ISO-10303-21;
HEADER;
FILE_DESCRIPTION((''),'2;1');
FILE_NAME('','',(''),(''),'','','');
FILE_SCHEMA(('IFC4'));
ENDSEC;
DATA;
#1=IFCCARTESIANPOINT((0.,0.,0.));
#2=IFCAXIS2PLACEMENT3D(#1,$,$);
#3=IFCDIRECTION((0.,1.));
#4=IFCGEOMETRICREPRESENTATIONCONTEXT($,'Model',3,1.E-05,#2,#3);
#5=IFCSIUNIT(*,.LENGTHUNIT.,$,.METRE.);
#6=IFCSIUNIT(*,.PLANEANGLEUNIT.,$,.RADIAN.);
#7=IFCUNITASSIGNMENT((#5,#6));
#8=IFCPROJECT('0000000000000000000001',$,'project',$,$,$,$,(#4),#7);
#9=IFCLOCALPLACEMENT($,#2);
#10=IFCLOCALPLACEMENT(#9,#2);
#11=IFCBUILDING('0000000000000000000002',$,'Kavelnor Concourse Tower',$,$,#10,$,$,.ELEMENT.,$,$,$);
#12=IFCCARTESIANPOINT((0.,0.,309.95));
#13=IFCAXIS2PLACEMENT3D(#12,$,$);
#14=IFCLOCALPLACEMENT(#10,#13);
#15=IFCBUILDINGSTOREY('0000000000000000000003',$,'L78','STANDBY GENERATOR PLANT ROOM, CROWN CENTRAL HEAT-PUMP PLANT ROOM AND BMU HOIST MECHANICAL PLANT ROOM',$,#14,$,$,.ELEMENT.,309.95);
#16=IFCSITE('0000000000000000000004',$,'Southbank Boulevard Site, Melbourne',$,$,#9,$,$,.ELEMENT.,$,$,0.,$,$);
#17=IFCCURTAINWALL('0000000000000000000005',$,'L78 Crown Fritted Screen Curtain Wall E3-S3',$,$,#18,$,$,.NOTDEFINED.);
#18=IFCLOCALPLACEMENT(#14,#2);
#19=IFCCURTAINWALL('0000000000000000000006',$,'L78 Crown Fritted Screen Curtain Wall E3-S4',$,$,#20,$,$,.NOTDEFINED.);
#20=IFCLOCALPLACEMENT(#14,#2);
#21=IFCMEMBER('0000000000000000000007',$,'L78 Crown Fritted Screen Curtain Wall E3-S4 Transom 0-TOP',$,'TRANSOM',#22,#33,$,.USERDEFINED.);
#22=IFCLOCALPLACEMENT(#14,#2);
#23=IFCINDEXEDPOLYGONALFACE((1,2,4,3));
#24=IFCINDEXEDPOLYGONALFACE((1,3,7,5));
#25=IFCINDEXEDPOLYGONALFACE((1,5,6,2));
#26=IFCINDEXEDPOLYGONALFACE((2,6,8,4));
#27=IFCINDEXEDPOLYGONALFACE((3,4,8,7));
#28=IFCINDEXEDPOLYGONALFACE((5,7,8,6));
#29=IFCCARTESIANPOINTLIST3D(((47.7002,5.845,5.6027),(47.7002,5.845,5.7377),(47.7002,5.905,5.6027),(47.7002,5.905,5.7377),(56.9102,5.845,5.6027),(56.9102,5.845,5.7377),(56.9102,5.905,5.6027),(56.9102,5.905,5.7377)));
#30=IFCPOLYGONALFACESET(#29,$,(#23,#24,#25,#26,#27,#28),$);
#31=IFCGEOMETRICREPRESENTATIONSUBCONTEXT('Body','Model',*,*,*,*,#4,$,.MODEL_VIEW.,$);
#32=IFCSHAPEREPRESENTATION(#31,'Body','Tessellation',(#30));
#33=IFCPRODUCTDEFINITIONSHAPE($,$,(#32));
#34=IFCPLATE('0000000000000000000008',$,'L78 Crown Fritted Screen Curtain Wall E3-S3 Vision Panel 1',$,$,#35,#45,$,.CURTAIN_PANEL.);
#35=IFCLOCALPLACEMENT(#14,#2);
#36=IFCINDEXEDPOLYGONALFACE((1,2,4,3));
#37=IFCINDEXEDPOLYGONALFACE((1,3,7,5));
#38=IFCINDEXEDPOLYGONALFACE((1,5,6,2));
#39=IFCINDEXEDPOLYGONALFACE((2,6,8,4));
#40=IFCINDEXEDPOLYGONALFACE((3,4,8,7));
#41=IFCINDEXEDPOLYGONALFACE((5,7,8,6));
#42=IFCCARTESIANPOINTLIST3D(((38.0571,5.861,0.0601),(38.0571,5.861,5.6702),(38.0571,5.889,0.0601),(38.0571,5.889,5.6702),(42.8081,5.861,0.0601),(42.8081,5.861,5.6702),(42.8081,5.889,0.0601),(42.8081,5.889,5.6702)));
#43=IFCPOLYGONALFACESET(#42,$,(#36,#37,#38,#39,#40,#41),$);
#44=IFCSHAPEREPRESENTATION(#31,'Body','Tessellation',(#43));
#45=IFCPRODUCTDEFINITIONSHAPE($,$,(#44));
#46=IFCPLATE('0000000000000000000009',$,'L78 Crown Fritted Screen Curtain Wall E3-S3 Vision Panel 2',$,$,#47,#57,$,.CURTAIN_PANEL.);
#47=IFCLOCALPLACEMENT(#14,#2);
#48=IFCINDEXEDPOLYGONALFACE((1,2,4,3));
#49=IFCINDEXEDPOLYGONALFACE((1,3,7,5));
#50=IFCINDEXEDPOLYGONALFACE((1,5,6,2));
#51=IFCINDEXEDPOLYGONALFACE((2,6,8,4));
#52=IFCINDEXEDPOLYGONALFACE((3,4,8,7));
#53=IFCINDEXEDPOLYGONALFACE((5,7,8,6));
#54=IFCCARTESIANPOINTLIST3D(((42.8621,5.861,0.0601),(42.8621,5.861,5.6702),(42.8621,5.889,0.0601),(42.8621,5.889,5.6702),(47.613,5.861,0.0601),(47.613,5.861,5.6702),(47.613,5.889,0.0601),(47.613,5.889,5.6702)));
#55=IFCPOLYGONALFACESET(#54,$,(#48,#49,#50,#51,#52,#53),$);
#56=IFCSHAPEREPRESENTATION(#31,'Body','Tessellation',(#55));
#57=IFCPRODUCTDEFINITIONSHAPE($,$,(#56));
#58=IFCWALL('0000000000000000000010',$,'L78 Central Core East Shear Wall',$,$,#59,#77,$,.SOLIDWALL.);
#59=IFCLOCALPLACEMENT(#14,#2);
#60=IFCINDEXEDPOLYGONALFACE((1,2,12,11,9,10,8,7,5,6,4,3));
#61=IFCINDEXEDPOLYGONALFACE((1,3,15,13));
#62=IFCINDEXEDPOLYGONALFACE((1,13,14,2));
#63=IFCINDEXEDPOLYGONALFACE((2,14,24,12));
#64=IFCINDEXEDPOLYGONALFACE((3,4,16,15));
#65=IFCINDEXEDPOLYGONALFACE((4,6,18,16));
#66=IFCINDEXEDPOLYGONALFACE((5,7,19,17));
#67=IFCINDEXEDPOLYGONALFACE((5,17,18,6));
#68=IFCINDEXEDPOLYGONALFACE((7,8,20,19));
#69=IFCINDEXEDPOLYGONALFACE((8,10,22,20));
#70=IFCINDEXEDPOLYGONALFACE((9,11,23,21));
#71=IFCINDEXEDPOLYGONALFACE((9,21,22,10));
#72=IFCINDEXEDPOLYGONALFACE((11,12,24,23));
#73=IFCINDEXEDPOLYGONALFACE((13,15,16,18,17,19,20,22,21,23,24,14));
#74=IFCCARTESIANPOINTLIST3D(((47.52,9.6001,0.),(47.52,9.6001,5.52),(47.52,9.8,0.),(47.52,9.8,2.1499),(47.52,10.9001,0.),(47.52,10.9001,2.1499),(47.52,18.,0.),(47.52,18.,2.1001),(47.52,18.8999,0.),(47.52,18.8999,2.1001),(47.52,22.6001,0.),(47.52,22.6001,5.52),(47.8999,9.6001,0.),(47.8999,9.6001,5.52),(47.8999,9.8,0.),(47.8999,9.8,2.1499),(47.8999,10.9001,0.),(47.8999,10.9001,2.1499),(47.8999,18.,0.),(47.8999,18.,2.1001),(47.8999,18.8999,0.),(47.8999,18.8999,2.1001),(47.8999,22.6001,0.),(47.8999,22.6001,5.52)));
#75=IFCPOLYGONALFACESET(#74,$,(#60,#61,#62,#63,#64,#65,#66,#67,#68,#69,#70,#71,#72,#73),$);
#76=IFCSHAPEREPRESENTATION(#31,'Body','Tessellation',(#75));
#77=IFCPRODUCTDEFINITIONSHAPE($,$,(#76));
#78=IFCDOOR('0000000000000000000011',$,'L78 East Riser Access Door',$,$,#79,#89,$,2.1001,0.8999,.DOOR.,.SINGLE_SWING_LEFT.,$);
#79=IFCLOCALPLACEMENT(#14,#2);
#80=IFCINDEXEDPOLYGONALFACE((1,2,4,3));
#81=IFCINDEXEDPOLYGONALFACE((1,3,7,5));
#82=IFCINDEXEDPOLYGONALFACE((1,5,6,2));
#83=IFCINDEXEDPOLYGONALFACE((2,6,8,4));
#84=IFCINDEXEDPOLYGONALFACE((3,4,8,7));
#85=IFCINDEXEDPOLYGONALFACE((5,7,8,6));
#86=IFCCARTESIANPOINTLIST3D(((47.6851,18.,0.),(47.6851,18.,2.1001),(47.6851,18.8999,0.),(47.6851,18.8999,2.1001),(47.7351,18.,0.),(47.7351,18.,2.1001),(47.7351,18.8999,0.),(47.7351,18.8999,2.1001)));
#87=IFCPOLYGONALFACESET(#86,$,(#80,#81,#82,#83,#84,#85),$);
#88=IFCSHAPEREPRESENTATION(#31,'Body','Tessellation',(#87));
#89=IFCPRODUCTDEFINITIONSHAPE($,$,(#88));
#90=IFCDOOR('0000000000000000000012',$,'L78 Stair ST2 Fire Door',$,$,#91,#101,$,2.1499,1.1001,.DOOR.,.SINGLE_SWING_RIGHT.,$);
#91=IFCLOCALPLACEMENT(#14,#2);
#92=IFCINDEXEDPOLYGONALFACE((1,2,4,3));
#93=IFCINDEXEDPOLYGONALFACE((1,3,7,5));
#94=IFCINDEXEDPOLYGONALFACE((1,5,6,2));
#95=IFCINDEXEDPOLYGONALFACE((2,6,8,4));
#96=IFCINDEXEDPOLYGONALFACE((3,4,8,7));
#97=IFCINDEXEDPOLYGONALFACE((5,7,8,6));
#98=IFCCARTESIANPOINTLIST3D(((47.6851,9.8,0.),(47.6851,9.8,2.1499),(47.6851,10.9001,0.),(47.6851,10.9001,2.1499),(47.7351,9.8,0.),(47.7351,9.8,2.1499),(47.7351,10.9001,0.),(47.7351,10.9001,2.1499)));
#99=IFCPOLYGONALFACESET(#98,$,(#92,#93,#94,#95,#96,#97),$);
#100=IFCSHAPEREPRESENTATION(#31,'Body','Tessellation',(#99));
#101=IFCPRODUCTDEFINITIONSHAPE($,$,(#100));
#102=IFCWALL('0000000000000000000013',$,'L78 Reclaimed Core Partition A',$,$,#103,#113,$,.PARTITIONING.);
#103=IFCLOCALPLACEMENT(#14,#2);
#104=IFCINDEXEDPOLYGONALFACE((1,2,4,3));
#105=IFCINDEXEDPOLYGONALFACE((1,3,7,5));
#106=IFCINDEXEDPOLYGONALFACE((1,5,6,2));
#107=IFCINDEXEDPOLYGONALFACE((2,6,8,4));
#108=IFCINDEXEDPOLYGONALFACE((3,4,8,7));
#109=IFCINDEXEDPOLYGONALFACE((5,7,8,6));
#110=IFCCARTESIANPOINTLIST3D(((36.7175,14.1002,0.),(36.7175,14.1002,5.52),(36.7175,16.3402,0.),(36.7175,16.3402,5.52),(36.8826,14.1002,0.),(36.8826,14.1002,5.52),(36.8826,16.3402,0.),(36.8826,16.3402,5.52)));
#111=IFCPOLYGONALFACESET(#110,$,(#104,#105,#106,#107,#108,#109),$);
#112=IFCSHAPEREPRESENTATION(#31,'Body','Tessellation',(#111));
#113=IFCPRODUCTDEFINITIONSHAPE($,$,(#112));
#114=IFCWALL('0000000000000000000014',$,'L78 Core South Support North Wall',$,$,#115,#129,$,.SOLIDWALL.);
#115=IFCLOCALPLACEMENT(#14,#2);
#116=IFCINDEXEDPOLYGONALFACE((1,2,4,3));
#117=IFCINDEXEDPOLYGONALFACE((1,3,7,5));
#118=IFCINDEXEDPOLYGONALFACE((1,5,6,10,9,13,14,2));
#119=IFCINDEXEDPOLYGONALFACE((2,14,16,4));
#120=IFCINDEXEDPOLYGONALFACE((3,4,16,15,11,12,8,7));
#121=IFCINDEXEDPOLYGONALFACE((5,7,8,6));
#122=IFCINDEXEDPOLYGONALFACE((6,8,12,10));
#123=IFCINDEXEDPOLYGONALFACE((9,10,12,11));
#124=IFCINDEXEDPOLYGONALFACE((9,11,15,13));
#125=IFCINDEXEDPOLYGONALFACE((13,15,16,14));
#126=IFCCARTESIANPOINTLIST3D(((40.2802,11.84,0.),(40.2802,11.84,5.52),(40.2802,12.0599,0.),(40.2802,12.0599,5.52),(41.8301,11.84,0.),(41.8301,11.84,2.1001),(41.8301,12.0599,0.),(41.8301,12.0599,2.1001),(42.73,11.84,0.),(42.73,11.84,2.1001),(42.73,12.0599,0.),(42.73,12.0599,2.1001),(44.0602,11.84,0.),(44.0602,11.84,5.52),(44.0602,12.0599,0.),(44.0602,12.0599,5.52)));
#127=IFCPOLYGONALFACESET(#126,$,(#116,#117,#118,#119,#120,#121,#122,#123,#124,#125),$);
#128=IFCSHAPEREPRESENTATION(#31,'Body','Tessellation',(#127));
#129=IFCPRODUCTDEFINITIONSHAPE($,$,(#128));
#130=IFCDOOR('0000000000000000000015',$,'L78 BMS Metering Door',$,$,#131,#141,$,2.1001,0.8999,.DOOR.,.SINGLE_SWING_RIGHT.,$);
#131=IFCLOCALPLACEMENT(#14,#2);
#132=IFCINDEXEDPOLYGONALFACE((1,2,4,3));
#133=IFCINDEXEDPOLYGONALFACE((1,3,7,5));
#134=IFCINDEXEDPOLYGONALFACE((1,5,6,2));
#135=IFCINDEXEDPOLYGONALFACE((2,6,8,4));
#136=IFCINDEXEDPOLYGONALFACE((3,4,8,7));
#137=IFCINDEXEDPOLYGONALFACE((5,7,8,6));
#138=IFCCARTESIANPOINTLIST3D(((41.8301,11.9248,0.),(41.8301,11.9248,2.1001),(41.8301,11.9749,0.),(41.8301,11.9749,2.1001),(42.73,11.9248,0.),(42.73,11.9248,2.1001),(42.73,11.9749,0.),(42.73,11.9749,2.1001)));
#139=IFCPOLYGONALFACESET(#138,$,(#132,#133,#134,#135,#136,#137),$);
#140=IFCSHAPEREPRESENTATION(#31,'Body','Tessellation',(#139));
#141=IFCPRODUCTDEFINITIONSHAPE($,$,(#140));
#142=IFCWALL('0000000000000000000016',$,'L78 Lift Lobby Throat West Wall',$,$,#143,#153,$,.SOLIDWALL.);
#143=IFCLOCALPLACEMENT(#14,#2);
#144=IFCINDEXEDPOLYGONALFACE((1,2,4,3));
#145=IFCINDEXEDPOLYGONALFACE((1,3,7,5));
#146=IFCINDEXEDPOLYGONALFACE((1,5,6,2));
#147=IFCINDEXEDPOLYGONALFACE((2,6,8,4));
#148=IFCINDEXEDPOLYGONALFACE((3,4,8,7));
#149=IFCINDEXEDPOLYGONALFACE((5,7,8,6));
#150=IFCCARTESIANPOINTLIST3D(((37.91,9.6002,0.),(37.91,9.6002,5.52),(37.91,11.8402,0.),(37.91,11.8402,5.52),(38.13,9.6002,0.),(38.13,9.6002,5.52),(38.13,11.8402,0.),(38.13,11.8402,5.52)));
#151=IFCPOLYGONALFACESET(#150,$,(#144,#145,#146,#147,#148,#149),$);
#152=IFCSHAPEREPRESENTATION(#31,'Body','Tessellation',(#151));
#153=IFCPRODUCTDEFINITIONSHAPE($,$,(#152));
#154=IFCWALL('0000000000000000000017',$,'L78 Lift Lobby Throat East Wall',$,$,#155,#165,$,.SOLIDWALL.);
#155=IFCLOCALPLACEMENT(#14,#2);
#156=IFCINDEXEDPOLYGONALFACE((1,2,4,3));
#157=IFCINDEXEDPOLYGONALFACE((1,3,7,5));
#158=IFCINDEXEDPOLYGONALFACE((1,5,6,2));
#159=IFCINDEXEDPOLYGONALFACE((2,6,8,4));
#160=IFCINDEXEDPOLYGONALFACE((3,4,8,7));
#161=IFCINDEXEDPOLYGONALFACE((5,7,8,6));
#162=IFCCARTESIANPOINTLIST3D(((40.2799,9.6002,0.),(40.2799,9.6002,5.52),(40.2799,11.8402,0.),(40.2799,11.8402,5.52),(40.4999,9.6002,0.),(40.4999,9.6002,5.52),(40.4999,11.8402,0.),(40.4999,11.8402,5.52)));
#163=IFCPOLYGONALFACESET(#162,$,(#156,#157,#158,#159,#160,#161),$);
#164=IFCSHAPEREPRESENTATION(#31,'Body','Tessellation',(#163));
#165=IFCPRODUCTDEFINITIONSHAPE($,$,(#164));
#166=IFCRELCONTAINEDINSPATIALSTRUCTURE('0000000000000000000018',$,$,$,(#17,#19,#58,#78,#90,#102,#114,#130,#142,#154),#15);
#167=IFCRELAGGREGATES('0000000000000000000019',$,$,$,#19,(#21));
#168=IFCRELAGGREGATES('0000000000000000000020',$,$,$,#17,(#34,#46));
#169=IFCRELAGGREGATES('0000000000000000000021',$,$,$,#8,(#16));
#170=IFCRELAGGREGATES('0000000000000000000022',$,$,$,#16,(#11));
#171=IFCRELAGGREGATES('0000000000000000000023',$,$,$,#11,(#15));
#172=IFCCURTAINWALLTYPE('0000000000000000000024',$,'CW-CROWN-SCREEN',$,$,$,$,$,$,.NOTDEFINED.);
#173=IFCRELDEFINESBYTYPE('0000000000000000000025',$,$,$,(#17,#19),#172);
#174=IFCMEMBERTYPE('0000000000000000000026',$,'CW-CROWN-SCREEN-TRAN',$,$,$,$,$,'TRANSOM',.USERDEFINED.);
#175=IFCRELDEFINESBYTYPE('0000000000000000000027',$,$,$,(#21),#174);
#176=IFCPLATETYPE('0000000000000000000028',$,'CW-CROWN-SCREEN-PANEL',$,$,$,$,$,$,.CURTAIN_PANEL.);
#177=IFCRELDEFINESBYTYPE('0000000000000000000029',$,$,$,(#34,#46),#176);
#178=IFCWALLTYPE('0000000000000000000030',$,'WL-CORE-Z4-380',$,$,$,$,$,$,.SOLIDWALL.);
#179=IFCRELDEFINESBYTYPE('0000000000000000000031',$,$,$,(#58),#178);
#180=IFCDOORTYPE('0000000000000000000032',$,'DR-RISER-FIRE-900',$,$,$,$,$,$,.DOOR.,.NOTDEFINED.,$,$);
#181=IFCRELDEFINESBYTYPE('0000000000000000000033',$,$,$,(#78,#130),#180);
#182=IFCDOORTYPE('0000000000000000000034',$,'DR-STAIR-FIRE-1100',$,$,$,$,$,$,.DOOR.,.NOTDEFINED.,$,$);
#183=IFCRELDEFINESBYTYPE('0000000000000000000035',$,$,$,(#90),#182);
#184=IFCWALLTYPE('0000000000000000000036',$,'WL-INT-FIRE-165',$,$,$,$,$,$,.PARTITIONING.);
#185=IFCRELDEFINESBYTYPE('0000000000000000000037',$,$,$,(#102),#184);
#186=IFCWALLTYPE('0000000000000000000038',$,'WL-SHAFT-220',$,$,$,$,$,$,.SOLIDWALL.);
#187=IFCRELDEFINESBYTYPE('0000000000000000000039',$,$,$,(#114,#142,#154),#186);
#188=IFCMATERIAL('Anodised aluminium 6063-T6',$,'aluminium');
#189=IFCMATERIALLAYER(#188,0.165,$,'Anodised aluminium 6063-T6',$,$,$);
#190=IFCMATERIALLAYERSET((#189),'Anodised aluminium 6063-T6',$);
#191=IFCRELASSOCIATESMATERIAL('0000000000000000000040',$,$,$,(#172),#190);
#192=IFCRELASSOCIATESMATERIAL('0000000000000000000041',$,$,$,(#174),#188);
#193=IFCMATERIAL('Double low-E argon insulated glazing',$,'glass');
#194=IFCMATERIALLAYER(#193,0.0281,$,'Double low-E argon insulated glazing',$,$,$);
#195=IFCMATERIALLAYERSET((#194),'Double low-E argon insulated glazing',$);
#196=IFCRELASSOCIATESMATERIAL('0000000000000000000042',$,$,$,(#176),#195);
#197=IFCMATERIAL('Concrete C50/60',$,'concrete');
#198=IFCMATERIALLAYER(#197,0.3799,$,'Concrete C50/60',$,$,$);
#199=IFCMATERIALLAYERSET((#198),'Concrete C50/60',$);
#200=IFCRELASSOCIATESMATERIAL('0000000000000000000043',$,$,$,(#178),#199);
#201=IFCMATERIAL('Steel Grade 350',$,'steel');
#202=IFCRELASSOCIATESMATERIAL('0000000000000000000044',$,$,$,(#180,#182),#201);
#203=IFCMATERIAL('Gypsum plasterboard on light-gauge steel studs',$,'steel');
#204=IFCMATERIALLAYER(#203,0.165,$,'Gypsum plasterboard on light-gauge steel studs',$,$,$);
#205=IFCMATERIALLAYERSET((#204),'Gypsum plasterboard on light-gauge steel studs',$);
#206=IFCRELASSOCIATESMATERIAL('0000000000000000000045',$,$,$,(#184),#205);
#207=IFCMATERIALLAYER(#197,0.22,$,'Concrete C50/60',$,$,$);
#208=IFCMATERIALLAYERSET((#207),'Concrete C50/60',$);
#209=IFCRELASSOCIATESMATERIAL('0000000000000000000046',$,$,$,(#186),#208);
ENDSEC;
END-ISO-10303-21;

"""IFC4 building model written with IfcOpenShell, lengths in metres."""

from ifc_helpers import new_model, si_unit, direction, frame, frame_2d, origin, origin_2d, place, context, subcontext, project, spatial, rectangle, extrude, material, layer, layer_set, material_profile, profile_set, type_object, element, fill, aggregate, save


model = new_model("IFC4")

# Units and contexts
model_context = context("Model", 3, precision=1e-05, world=origin(), true_north=direction((0.0, 1.0)))
body_context = subcontext(model_context, "Body", "Model", "MODEL_VIEW")
ifc_project = project(units=[si_unit("LENGTHUNIT", "METRE"), si_unit("PLANEANGLEUNIT", "RADIAN")], contexts=[model_context])

# Site, building, storey
site_placement = place(None, origin())
site = spatial("IfcSite", under=ifc_project, at=site_placement, Name="Southbank Boulevard Site, Melbourne", CompositionType="ELEMENT", RefElevation=0.0)
building_placement = place(site_placement, origin())
building = spatial("IfcBuilding", under=site, at=building_placement, Name="Kavelnor Concourse Tower", CompositionType="ELEMENT")
storey_placement = place(building_placement, frame((0.0, 0.0, 309.95)))
storey = spatial("IfcBuildingStorey", under=building, at=storey_placement, Name="L78", Description="STANDBY GENERATOR PLANT ROOM, CROWN CENTRAL HEAT-PUMP PLANT ROOM AND BMU HOIST MECHANICAL PLANT ROOM", CompositionType="ELEMENT", Elevation=309.95)

# Shared definitions
ifc_material_1 = material(Name="Steel Grade 350", Category="steel")

# Shared definitions
ifc_material_2 = material(Name="Anodised aluminium 6063-T6", Category="aluminium")
ifc_layer_1 = layer(ifc_material_2, 0.165, Name="Anodised aluminium 6063-T6")
ifc_layer_set_1 = layer_set([ifc_layer_1], Name="Anodised aluminium 6063-T6")
curtain_wall_type = type_object("IfcCurtainWallType", Name="CW-CROWN-SCREEN", PredefinedType="NOTDEFINED", material=ifc_layer_set_1)

# Curtain wall
curtain_wall_1_placement = place(storey_placement, origin())
curtain_wall_1 = element("IfcCurtainWall", 1, at=curtain_wall_1_placement, inside=storey, type_object=curtain_wall_type, Name="L78 Crown Fritted Screen Curtain Wall E3-S3", PredefinedType="NOTDEFINED")

# Curtain wall
curtain_wall_2_placement = place(storey_placement, origin())
curtain_wall_2 = element("IfcCurtainWall", 2, at=curtain_wall_2_placement, inside=storey, type_object=curtain_wall_type, Name="L78 Crown Fritted Screen Curtain Wall E3-S4", PredefinedType="NOTDEFINED")

# Member
ifc_material_profile_1 = material_profile(ifc_material_2, rectangle(XDim=0.0601, YDim=0.135, at=origin_2d()), Name="AL-TRAN 60x135")
ifc_profile_set_1 = profile_set([ifc_material_profile_1], Name="Anodised aluminium 6063-T6")
member_type_1 = type_object("IfcMemberType", Name="CW-CROWN-SCREEN-TRAN", ElementType="TRANSOM", PredefinedType="USERDEFINED", material=ifc_profile_set_1)
member_1_placement = place(storey_placement, frame((47.7002, 5.875, 5.6702), z_axis=(1.0, 0.0, 0.0), x_axis=(0.0, 1.0, 0.0)))
member_1 = element("IfcMember", 3, at=member_1_placement, type_object=member_type_1, Name="L78 Crown Fritted Screen Curtain Wall E3-S4 Transom 0-TOP", ObjectType="TRANSOM", PredefinedType="USERDEFINED", context=body_context, shape_type="SweptSolid", body=[
    extrude(rectangle(XDim=0.0601, YDim=0.135, at=origin_2d()), origin(), (0.0, 0.0, 1.0), 9.21),
])
aggregate(curtain_wall_2, [member_1])

# Plates
ifc_material_3 = material(Name="Double low-E argon insulated glazing", Category="glass")
ifc_layer_2 = layer(ifc_material_3, 0.0281, Name="Double low-E argon insulated glazing")
ifc_layer_set_2 = layer_set([ifc_layer_2], Name="Double low-E argon insulated glazing")
plate_type = type_object("IfcPlateType", Name="CW-CROWN-SCREEN-PANEL", PredefinedType="CURTAIN_PANEL", material=ifc_layer_set_2)
plate_1_placement = place(storey_placement, frame((40.4326, 5.875, 0.0601), z_axis=(0.0, 0.0, 1.0), x_axis=(1.0, 0.0, 0.0)))
plate_1 = element("IfcPlate", 4, at=plate_1_placement, type_object=plate_type, Name="L78 Crown Fritted Screen Curtain Wall E3-S3 Vision Panel 1", PredefinedType="CURTAIN_PANEL", context=body_context, shape_type="SweptSolid", body=[
    extrude(rectangle(XDim=4.751, YDim=0.0281, at=origin_2d()), origin(), (0.0, 0.0, 1.0), 5.6101),
])
plate_2_placement = place(storey_placement, frame((45.2375, 5.875, 0.0601), z_axis=(0.0, 0.0, 1.0), x_axis=(1.0, 0.0, 0.0)))
plate_2 = element("IfcPlate", 5, at=plate_2_placement, type_object=plate_type, Name="L78 Crown Fritted Screen Curtain Wall E3-S3 Vision Panel 2", PredefinedType="CURTAIN_PANEL", context=body_context, shape_type="SweptSolid", body=[
    extrude(rectangle(XDim=4.751, YDim=0.0281, at=origin_2d()), origin(), (0.0, 0.0, 1.0), 5.6101),
])
aggregate(curtain_wall_1, [plate_1, plate_2])

# Wall, openings, doors
ifc_material_4 = material(Name="Concrete C50/60", Category="concrete")
ifc_layer_3 = layer(ifc_material_4, 0.3799, Name="Concrete C50/60")
ifc_layer_set_3 = layer_set([ifc_layer_3], Name="Concrete C50/60")
wall_type_1 = type_object("IfcWallType", Name="WL-CORE-Z4-380", PredefinedType="SOLIDWALL", material=ifc_layer_set_3)
wall_1_placement = place(storey_placement, frame((47.71, 9.6001, 0.0), z_axis=(0.0, 0.0, 1.0), x_axis=(0.0, 1.0, 0.0)))
wall_1 = element("IfcWall", 6, at=wall_1_placement, inside=storey, type_object=wall_type_1, Name="L78 Central Core East Shear Wall", PredefinedType="SOLIDWALL", context=body_context, shape_type="SweptSolid", body=[
    extrude(rectangle(XDim=13.0, YDim=0.3799, at=frame_2d((6.5, 0.0))), origin(), (0.0, 0.0, 1.0), 5.52),
])
opening_1_placement = place(wall_1_placement, frame((0.2, 0.0, 0.0)))
opening_1 = element("IfcOpeningElement", 7, at=opening_1_placement, cuts=wall_1, PredefinedType="OPENING", context=body_context, shape_type="SweptSolid", body=[
    extrude(rectangle(XDim=1.1001, YDim=2.1499, at=frame_2d((0.55, 1.075))), frame((0.0, 0.2, 0.0), z_axis=(0.0, -1.0, 0.0), x_axis=(1.0, 0.0, 0.0)), (0.0, 0.0, 1.0), 0.3999),
])
opening_2_placement = place(wall_1_placement, frame((8.3999, 0.0, 0.0)))
opening_2 = element("IfcOpeningElement", 8, at=opening_2_placement, cuts=wall_1, PredefinedType="OPENING", context=body_context, shape_type="SweptSolid", body=[
    extrude(rectangle(XDim=0.8999, YDim=2.1001, at=frame_2d((0.45, 1.05))), frame((0.0, 0.2, 0.0), z_axis=(0.0, -1.0, 0.0), x_axis=(1.0, 0.0, 0.0)), (0.0, 0.0, 1.0), 0.3999),
])
door_type_1 = type_object("IfcDoorType", Name="DR-RISER-FIRE-900", OperationType="NOTDEFINED", PredefinedType="DOOR", material=ifc_material_1)
door_1_placement = place(opening_2_placement, origin())
door_1 = element("IfcDoor", 9, at=door_1_placement, inside=storey, type_object=door_type_1, Name="L78 East Riser Access Door", OperationType="SINGLE_SWING_LEFT", OverallHeight=2.1001, OverallWidth=0.8999, PredefinedType="DOOR", context=body_context, shape_type="SweptSolid", body=[
    extrude(rectangle(XDim=0.8999, YDim=2.1001, at=frame_2d((0.45, 1.05))), frame((0.0, 0.0249, 0.0), z_axis=(0.0, -1.0, 0.0), x_axis=(1.0, 0.0, 0.0)), (0.0, 0.0, 1.0), 0.05),
])
fill(opening_2, door_1)
door_type_2 = type_object("IfcDoorType", Name="DR-STAIR-FIRE-1100", OperationType="NOTDEFINED", PredefinedType="DOOR", material=ifc_material_1)
door_2_placement = place(opening_1_placement, origin())
door_2 = element("IfcDoor", 10, at=door_2_placement, inside=storey, type_object=door_type_2, Name="L78 Stair ST2 Fire Door", OperationType="SINGLE_SWING_RIGHT", OverallHeight=2.1499, OverallWidth=1.1001, PredefinedType="DOOR", context=body_context, shape_type="SweptSolid", body=[
    extrude(rectangle(XDim=1.1001, YDim=2.1499, at=frame_2d((0.55, 1.075))), frame((0.0, 0.0249, 0.0), z_axis=(0.0, -1.0, 0.0), x_axis=(1.0, 0.0, 0.0)), (0.0, 0.0, 1.0), 0.05),
])
fill(opening_1, door_2)

# Wall
ifc_material_5 = material(Name="Gypsum plasterboard on light-gauge steel studs", Category="steel")
ifc_layer_4 = layer(ifc_material_5, 0.165, Name="Gypsum plasterboard on light-gauge steel studs")
ifc_layer_set_4 = layer_set([ifc_layer_4], Name="Gypsum plasterboard on light-gauge steel studs")
wall_type_2 = type_object("IfcWallType", Name="WL-INT-FIRE-165", PredefinedType="PARTITIONING", material=ifc_layer_set_4)
wall_2_placement = place(storey_placement, frame((36.8, 14.1001, 0.0), z_axis=(0.0, 0.0, 1.0), x_axis=(0.0, 1.0, 0.0)))
element("IfcWall", 11, at=wall_2_placement, inside=storey, type_object=wall_type_2, Name="L78 Reclaimed Core Partition A", PredefinedType="PARTITIONING", context=body_context, shape_type="SweptSolid", body=[
    extrude(rectangle(XDim=2.24, YDim=0.165, at=frame_2d((1.1201, 0.0))), origin(), (0.0, 0.0, 1.0), 5.52),
])

# Wall, opening, door
ifc_layer_5 = layer(ifc_material_4, 0.22, Name="Concrete C50/60")
ifc_layer_set_5 = layer_set([ifc_layer_5], Name="Concrete C50/60")
wall_type_3 = type_object("IfcWallType", Name="WL-SHAFT-220", PredefinedType="SOLIDWALL", material=ifc_layer_set_5)
wall_3_placement = place(storey_placement, frame((40.28, 11.95, 0.0), z_axis=(0.0, 0.0, 1.0), x_axis=(1.0, 0.0, 0.0)))
wall_3 = element("IfcWall", 12, at=wall_3_placement, inside=storey, type_object=wall_type_3, Name="L78 Core South Support North Wall", PredefinedType="SOLIDWALL", context=body_context, shape_type="SweptSolid", body=[
    extrude(rectangle(XDim=3.78, YDim=0.22, at=frame_2d((1.8901, 0.0))), origin(), (0.0, 0.0, 1.0), 5.52),
])
opening_3_placement = place(wall_3_placement, frame((1.55, 0.0, 0.0)))
opening_3 = element("IfcOpeningElement", 13, at=opening_3_placement, cuts=wall_3, PredefinedType="OPENING", context=body_context, shape_type="SweptSolid", body=[
    extrude(rectangle(XDim=0.8999, YDim=2.1001, at=frame_2d((0.45, 1.05))), frame((0.0, 0.1201, 0.0), z_axis=(0.0, -1.0, 0.0), x_axis=(1.0, 0.0, 0.0)), (0.0, 0.0, 1.0), 0.24),
])
door_3_placement = place(opening_3_placement, origin())
door_3 = element("IfcDoor", 14, at=door_3_placement, inside=storey, type_object=door_type_1, Name="L78 BMS Metering Door", OperationType="SINGLE_SWING_RIGHT", OverallHeight=2.1001, OverallWidth=0.8999, PredefinedType="DOOR", context=body_context, shape_type="SweptSolid", body=[
    extrude(rectangle(XDim=0.8999, YDim=2.1001, at=frame_2d((0.45, 1.05))), frame((0.0, 0.0249, 0.0), z_axis=(0.0, -1.0, 0.0), x_axis=(1.0, 0.0, 0.0)), (0.0, 0.0, 1.0), 0.05),
])
fill(opening_3, door_3)

# Walls
for number, where, z_axis, x_axis, name in (
    (15, (38.02, 9.6001, 0.0), (0.0, 0.0, 1.0), (0.0, 1.0, 0.0), "L78 Lift Lobby Throat West Wall"),
    (16, (40.3899, 9.6001, 0.0), (0.0, 0.0, 1.0), (0.0, 1.0, 0.0), "L78 Lift Lobby Throat East Wall"),
):
    element("IfcWall", number, at=place(storey_placement, frame(where, z_axis=z_axis, x_axis=x_axis)), inside=storey, type_object=wall_type_3, Name=name, PredefinedType="SOLIDWALL", context=body_context, shape_type="SweptSolid", body=[
        extrude(rectangle(XDim=2.24, YDim=0.22, at=frame_2d((1.1201, 0.0))), origin(), (0.0, 0.0, 1.0), 5.52),
    ])

save(model, "model.ifc")
